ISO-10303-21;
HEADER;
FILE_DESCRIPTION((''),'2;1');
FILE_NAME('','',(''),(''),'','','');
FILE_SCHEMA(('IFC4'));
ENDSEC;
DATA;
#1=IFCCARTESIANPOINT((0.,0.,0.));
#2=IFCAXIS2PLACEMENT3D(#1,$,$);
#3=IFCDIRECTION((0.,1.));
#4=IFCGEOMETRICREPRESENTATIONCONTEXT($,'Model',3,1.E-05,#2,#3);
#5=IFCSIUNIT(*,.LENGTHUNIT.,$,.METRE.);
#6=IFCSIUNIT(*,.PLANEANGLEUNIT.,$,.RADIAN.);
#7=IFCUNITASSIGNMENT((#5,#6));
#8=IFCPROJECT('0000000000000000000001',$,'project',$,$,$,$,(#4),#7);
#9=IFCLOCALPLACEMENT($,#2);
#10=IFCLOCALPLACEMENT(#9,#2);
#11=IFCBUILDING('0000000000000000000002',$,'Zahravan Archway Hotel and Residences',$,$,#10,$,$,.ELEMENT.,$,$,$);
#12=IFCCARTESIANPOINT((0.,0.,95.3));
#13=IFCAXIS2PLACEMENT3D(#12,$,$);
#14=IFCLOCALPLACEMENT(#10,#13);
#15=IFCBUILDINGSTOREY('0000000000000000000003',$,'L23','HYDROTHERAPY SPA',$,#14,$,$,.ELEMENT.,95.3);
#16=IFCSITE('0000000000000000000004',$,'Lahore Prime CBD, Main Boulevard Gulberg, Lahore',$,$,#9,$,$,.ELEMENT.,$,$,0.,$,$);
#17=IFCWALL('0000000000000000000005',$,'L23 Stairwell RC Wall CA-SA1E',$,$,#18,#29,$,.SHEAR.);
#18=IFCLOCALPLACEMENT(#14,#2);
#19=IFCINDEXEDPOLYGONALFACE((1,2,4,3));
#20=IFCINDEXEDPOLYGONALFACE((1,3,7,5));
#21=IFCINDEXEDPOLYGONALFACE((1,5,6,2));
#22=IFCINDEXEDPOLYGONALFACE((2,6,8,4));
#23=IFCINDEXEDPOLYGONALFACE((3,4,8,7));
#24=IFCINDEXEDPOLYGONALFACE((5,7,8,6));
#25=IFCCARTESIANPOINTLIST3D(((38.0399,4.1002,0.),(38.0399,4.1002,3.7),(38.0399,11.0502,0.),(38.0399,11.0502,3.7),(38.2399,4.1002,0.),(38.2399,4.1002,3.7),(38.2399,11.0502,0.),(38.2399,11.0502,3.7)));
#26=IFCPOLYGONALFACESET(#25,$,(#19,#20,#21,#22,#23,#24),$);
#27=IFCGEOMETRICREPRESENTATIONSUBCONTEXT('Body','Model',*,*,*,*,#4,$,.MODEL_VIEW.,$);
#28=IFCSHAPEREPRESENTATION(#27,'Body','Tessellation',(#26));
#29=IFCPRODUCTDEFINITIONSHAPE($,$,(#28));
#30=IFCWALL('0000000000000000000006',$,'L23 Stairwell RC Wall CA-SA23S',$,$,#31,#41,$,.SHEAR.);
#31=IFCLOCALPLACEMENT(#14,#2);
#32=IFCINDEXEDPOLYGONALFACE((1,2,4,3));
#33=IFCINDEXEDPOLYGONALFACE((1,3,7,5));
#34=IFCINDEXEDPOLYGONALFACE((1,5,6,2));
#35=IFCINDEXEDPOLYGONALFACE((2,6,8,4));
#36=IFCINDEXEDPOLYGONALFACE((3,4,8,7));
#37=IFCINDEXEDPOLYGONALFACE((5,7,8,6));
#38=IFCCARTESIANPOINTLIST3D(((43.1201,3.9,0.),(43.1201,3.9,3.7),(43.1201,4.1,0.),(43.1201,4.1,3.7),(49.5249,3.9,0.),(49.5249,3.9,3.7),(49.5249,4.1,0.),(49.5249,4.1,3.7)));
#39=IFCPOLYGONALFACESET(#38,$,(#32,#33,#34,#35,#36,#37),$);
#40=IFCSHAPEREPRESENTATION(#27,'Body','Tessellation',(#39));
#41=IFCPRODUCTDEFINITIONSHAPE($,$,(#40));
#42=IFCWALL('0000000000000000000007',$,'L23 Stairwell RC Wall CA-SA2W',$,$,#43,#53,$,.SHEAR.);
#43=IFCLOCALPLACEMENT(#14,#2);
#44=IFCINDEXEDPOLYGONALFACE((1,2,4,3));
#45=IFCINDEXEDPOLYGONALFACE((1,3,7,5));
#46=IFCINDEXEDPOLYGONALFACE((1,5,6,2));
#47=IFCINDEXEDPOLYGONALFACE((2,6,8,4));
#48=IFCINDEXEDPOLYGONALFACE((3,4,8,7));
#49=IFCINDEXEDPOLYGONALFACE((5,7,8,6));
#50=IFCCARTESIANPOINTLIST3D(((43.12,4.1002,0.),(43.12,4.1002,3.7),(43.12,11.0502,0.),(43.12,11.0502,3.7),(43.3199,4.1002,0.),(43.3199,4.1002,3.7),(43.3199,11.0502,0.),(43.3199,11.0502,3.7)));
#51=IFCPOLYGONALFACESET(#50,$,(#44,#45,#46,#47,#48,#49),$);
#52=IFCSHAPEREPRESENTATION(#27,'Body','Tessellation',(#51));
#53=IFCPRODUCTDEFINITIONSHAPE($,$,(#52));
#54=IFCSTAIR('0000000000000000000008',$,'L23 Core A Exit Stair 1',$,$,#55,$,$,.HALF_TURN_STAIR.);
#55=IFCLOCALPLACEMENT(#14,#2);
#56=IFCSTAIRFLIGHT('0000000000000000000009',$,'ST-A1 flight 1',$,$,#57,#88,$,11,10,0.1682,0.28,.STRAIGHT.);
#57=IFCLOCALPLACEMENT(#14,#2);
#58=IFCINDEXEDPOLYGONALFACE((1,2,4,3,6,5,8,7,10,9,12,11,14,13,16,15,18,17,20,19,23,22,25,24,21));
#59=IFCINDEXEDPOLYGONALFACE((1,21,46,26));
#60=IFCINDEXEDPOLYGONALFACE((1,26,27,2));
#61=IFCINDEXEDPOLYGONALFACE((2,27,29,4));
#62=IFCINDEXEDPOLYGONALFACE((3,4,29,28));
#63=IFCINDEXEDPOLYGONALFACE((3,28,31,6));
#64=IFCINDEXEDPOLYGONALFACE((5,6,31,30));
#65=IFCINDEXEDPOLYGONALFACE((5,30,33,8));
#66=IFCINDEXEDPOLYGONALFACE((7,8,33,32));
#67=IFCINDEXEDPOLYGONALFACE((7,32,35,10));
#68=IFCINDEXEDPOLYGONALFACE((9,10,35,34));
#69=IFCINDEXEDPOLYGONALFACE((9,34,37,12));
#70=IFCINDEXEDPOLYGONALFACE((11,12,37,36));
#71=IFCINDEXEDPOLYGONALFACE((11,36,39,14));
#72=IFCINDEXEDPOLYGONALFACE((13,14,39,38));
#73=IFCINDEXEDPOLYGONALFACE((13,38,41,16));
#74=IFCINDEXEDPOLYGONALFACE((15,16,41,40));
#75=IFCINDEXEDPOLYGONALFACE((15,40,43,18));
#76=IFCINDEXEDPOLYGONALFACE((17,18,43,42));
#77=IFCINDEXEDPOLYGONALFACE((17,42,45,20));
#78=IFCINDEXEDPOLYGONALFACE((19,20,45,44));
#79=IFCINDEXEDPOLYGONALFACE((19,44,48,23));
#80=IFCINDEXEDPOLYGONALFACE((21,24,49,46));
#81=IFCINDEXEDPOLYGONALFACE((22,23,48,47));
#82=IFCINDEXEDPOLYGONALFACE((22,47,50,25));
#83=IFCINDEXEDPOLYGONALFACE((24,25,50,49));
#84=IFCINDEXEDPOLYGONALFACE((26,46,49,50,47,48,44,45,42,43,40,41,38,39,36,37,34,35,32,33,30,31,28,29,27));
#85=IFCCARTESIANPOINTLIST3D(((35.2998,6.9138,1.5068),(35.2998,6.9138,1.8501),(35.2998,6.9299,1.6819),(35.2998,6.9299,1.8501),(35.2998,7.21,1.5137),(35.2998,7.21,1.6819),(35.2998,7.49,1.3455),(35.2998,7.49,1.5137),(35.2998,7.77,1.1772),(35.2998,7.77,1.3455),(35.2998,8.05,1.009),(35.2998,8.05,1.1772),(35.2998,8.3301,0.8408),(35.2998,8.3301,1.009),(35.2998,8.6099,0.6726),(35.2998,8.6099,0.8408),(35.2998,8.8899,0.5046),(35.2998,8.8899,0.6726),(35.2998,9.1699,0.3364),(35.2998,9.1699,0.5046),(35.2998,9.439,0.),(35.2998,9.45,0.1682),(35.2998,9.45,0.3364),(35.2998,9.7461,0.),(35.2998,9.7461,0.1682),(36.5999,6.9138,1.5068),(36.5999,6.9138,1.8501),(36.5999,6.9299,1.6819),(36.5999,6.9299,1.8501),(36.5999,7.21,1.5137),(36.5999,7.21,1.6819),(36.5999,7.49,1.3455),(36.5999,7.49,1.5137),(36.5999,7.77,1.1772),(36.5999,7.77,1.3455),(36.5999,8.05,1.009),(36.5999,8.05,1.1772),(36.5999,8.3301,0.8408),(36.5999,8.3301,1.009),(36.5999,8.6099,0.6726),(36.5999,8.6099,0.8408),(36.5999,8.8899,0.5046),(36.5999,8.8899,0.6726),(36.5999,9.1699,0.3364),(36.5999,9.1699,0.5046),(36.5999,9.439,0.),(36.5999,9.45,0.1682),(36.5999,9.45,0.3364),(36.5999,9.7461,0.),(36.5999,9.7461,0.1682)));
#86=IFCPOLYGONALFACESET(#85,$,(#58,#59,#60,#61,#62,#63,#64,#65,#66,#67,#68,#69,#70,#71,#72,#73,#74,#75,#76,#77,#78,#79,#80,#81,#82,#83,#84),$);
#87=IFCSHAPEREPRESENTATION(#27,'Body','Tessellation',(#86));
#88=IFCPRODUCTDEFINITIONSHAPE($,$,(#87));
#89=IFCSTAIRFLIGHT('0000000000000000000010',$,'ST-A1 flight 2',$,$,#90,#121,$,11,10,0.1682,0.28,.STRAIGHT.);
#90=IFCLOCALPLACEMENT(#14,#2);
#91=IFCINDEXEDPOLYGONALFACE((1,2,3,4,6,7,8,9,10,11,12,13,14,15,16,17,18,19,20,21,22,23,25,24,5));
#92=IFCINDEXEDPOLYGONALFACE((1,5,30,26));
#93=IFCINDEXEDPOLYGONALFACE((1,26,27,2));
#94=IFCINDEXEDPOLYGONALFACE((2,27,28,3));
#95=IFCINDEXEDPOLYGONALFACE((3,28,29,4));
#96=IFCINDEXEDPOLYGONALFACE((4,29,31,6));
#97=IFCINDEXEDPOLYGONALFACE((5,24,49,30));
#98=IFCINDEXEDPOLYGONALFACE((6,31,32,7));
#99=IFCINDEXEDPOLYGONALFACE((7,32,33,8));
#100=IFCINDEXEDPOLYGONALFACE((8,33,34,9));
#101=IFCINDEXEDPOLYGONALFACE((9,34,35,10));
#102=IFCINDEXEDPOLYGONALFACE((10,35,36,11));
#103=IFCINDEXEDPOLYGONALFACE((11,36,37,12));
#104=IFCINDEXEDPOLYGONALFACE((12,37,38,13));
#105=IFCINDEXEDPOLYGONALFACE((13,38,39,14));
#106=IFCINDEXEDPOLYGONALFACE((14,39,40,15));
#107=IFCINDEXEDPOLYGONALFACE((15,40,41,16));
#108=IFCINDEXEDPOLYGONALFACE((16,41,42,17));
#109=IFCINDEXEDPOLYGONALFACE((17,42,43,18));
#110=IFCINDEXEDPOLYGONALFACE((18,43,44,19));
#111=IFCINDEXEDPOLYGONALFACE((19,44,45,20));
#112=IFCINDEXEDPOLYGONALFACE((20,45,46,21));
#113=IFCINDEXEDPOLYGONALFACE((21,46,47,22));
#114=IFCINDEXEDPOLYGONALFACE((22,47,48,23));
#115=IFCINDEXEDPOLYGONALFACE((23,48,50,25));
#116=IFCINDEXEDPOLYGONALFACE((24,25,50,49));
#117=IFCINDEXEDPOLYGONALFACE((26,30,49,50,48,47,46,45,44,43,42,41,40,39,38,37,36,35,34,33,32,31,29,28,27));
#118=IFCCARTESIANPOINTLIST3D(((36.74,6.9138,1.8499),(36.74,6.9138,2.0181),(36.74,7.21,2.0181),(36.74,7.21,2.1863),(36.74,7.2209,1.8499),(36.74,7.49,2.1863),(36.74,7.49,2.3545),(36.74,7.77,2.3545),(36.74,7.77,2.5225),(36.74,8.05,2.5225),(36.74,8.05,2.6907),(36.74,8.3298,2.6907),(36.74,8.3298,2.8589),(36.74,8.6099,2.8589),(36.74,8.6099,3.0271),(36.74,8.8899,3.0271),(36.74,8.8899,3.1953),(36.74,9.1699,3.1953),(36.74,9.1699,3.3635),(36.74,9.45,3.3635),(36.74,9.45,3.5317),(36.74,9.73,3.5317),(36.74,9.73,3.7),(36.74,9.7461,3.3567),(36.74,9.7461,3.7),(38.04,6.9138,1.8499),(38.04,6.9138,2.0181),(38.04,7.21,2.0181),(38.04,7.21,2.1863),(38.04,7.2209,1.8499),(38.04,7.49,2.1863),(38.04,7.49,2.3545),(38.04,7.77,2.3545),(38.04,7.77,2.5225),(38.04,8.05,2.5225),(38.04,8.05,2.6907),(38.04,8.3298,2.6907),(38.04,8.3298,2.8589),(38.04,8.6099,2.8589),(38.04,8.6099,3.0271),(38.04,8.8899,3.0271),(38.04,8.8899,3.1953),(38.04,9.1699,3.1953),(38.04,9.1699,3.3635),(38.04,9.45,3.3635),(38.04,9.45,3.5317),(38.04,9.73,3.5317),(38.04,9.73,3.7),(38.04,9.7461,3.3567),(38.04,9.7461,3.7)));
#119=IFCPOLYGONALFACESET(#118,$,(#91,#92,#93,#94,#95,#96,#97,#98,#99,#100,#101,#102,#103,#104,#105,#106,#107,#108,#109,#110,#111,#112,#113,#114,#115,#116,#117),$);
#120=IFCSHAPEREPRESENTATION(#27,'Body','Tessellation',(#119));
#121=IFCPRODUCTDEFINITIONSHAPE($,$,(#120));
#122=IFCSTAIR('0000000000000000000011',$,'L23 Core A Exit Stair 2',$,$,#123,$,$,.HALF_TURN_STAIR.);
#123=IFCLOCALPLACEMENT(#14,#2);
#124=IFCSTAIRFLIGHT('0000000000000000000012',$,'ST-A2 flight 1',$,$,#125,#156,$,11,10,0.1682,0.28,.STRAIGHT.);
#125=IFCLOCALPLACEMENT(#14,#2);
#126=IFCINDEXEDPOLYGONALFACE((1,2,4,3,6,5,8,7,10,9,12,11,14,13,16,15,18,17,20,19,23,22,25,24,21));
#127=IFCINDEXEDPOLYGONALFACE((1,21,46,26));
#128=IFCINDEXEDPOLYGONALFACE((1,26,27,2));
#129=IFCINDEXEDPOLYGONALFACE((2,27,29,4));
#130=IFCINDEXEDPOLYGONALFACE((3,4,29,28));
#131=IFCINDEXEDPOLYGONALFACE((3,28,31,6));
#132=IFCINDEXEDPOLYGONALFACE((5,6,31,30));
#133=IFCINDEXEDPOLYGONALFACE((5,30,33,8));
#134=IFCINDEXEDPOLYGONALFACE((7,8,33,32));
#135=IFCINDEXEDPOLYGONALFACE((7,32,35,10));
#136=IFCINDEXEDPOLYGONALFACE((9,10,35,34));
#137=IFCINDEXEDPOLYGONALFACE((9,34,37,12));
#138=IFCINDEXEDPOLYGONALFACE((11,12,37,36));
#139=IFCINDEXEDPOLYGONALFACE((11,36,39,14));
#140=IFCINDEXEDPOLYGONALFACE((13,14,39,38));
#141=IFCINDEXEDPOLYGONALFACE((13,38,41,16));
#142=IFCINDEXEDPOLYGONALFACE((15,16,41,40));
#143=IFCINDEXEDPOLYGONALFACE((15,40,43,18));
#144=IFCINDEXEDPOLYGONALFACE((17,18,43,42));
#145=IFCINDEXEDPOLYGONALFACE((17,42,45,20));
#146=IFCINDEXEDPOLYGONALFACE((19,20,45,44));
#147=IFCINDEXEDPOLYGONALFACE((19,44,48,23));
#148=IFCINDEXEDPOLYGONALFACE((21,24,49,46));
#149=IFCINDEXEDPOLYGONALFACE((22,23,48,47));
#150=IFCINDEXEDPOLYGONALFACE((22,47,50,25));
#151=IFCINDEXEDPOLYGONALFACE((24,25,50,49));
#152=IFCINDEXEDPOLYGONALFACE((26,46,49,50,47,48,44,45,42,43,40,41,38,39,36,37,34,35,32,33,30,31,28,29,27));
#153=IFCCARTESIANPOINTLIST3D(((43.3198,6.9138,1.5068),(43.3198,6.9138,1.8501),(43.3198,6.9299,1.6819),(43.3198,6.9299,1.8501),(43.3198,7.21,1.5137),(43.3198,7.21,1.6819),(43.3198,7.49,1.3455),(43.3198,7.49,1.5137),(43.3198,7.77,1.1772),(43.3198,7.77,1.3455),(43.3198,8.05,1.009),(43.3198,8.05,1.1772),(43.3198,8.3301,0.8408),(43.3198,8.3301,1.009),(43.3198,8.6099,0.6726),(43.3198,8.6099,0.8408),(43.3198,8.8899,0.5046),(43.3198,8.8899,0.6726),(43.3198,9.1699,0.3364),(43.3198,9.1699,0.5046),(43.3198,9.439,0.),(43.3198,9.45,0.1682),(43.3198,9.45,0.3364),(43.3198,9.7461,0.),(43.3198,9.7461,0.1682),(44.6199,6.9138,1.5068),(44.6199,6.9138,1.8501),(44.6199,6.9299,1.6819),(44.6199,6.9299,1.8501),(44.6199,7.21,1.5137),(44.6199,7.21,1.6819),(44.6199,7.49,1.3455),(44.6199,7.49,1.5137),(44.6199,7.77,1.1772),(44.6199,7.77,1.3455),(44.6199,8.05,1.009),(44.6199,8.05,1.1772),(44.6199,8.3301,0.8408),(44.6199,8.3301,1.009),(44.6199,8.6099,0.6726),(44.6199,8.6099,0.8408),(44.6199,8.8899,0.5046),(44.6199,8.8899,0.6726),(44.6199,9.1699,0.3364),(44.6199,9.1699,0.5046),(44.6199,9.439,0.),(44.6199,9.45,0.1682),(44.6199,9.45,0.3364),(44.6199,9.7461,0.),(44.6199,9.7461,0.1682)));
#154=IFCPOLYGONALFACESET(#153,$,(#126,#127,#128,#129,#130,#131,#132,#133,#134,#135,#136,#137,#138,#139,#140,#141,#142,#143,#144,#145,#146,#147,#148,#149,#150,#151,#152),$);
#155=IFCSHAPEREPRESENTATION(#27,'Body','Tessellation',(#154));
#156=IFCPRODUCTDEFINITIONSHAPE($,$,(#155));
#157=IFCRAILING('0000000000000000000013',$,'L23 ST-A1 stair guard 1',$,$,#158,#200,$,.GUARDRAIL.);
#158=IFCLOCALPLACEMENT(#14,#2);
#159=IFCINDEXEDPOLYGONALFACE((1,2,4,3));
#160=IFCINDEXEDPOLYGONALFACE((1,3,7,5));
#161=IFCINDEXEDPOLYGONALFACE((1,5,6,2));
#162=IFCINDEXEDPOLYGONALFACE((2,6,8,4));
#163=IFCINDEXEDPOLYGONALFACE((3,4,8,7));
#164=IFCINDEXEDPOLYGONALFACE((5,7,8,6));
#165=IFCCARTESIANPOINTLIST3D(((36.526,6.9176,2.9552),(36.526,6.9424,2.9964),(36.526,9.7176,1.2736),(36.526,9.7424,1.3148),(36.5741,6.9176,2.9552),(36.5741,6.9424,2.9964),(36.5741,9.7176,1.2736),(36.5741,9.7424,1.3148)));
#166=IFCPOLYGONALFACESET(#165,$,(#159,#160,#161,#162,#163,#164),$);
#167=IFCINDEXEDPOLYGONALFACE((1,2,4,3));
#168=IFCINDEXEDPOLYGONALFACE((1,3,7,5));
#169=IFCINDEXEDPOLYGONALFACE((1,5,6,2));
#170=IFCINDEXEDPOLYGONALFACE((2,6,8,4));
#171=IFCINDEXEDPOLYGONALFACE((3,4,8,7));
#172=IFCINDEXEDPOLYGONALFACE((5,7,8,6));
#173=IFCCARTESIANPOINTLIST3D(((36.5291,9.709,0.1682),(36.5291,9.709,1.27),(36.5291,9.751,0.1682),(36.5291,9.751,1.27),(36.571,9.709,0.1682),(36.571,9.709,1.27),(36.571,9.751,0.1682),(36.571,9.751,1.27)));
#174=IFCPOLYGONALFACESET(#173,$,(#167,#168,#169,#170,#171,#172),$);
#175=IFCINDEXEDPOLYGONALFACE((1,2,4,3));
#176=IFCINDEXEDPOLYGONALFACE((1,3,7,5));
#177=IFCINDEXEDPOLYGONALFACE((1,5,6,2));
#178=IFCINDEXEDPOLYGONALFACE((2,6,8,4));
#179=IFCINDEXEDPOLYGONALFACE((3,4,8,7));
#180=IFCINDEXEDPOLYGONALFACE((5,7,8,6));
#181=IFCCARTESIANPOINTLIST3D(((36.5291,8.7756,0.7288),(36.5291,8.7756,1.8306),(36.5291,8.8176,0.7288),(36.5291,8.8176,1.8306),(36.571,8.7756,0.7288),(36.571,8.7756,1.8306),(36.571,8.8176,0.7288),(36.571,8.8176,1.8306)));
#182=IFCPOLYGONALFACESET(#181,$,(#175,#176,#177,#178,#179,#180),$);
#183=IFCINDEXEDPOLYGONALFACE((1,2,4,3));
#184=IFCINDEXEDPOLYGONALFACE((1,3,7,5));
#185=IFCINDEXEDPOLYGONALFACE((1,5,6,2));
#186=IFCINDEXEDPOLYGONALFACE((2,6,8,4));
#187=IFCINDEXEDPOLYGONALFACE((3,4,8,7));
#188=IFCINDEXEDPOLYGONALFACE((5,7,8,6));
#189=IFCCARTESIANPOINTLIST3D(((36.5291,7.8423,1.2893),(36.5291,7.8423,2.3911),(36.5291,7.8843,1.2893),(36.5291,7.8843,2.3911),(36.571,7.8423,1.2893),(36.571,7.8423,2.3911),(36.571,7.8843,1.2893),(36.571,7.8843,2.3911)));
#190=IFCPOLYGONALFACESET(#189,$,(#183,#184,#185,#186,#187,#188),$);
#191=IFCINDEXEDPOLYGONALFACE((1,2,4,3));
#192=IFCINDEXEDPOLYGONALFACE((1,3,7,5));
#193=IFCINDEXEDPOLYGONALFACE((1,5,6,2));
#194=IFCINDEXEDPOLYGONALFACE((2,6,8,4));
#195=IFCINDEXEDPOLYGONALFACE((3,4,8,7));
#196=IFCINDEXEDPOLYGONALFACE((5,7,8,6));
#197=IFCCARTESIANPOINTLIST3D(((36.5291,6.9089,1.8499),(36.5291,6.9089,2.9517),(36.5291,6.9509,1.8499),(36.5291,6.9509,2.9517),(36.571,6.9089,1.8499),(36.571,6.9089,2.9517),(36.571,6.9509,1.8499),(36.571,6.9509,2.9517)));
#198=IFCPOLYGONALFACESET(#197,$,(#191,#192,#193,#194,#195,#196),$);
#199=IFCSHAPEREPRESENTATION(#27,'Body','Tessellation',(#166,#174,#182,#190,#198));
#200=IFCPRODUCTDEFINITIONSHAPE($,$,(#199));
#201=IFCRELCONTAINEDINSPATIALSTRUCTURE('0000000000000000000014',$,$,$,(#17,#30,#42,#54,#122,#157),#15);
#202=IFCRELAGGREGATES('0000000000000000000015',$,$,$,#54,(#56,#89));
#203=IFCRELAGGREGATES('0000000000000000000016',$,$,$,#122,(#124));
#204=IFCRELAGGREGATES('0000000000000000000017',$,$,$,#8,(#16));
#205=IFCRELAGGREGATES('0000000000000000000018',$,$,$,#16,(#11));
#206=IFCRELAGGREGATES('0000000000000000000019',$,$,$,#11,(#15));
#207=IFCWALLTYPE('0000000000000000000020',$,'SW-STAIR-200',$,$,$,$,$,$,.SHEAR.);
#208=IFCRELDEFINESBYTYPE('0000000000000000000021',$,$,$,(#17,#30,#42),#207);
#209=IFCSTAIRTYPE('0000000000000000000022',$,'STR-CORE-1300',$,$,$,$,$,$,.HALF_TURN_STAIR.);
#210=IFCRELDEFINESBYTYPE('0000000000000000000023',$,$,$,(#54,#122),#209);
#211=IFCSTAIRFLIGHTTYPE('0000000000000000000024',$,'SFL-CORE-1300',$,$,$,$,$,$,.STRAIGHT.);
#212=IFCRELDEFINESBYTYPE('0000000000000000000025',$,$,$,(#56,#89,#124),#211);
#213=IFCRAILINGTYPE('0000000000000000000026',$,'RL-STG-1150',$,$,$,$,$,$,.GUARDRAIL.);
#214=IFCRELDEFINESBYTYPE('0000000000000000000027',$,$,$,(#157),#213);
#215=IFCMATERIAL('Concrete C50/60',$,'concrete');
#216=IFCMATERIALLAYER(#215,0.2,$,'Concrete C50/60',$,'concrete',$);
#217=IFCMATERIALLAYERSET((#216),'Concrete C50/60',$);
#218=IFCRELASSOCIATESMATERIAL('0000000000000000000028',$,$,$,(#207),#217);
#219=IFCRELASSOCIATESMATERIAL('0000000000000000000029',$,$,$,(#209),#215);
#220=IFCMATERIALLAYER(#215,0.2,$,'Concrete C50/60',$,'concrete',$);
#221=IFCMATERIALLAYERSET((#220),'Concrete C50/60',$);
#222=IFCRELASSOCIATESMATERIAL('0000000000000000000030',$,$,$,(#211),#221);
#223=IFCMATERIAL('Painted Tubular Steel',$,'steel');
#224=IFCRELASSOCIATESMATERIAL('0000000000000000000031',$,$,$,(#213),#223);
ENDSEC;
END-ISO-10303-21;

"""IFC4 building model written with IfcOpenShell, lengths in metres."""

from ifc_helpers import new_model, si_unit, direction, frame, frame_2d, origin, origin_2d, place, context, subcontext, project, spatial, polyline, rectangle, outline, extrude, source, transform, mapped, material, layer, layer_set, type_object, element, aggregate, save


model = new_model("IFC4")

# Units and contexts
model_context = context("Model", 3, precision=1e-05, world=origin(), true_north=direction((0.0, 1.0)))
body_context = subcontext(model_context, "Body", "Model", "MODEL_VIEW")
ifc_project = project(units=[si_unit("LENGTHUNIT", "METRE"), si_unit("PLANEANGLEUNIT", "RADIAN")], contexts=[model_context])

# Site, building, storey
site_placement = place(None, origin())
site = spatial("IfcSite", under=ifc_project, at=site_placement, Name="Lahore Prime CBD, Main Boulevard Gulberg, Lahore", CompositionType="ELEMENT", RefElevation=0.0)
building_placement = place(site_placement, origin())
building = spatial("IfcBuilding", under=site, at=building_placement, Name="Zahravan Archway Hotel and Residences", CompositionType="ELEMENT")
storey_placement = place(building_placement, frame((0.0, 0.0, 95.3)))
storey = spatial("IfcBuildingStorey", under=building, at=storey_placement, Name="L23", Description="HYDROTHERAPY SPA", CompositionType="ELEMENT", Elevation=95.3)

# Walls
ifc_material_1 = material(Name="Concrete C50/60", Category="concrete")
ifc_layer_1 = layer(ifc_material_1, 0.2, Name="Concrete C50/60", Category="concrete")
ifc_layer_set_1 = layer_set([ifc_layer_1], Name="Concrete C50/60")
wall_type_1 = type_object("IfcWallType", Name="SW-STAIR-200", PredefinedType="SHEAR", material=ifc_layer_set_1)
for number, where, z_axis, x_axis, name in (
    (1, (38.1399, 4.1001, 0.0), (0.0, 0.0, 1.0), (0.0, 1.0, 0.0), "L23 Stairwell RC Wall CA-SA1E"),
):
    element("IfcWall", number, at=place(storey_placement, frame(where, z_axis=z_axis, x_axis=x_axis)), inside=storey, type_object=wall_type_1, Name=name, PredefinedType="SHEAR", context=body_context, shape_type="SweptSolid", body=[
        extrude(rectangle(XDim=6.95, YDim=0.2, at=frame_2d((3.4751, 0.0))), origin(), (0.0, 0.0, 1.0), 3.7),
    ])
wall_1_placement = place(storey_placement, frame((43.1201, 4.0, 0.0), z_axis=(0.0, 0.0, 1.0), x_axis=(1.0, 0.0, 0.0)))
element("IfcWall", 2, at=wall_1_placement, inside=storey, type_object=wall_type_1, Name="L23 Stairwell RC Wall CA-SA23S", PredefinedType="SHEAR", context=body_context, shape_type="SweptSolid", body=[
    extrude(rectangle(XDim=6.4048, YDim=0.2, at=frame_2d((3.2024, 0.0))), origin(), (0.0, 0.0, 1.0), 3.7),
])
wall_2_placement = place(storey_placement, frame((43.22, 4.1001, 0.0), z_axis=(0.0, 0.0, 1.0), x_axis=(0.0, 1.0, 0.0)))
element("IfcWall", 3, at=wall_2_placement, inside=storey, type_object=wall_type_1, Name="L23 Stairwell RC Wall CA-SA2W", PredefinedType="SHEAR", context=body_context, shape_type="SweptSolid", body=[
    extrude(rectangle(XDim=6.95, YDim=0.2, at=frame_2d((3.4751, 0.0))), origin(), (0.0, 0.0, 1.0), 3.7),
])

# Stair, stair flights
stair_type = type_object("IfcStairType", Name="STR-CORE-1300", PredefinedType="HALF_TURN_STAIR", material=ifc_material_1)
stair_1_placement = place(storey_placement, origin())
stair_1 = element("IfcStair", 4, at=stair_1_placement, inside=storey, type_object=stair_type, Name="L23 Core A Exit Stair 1", PredefinedType="HALF_TURN_STAIR")
ifc_layer_2 = layer(ifc_material_1, 0.2, Name="Concrete C50/60", Category="concrete")
ifc_layer_set_2 = layer_set([ifc_layer_2], Name="Concrete C50/60")
stair_flight_type = type_object("IfcStairFlightType", Name="SFL-CORE-1300", PredefinedType="STRAIGHT", material=ifc_layer_set_2)
shared_shape_1 = source(origin(), body_context, "Body", "SweptSolid", [
    extrude(outline(polyline([(-0.0161, 0.0), (-0.0161, 0.1682), (0.28, 0.1682), (0.28, 0.3364), (0.5601, 0.3364), (0.5601, 0.5046), (0.8401, 0.5046), (0.8401, 0.6726), (1.1201, 0.6726), (1.1201, 0.8408), (1.3999, 0.8408), (1.3999, 1.009), (1.6799, 1.009), (1.6799, 1.1772), (1.96, 1.1772), (1.96, 1.3455), (2.24, 1.3455), (2.24, 1.5137), (2.52, 1.5137), (2.52, 1.6819), (2.8, 1.6819), (2.8, 1.8501), (2.8162, 1.8501), (2.8162, 1.5068), (0.291, 0.0), (-0.0161, 0.0)])), frame((0.0, 0.6499, 0.0), z_axis=(0.0, -1.0, 0.0), x_axis=(1.0, 0.0, 0.0)), (0.0, 0.0, 1.0), 1.3),
])
stair_flight_1_placement = place(storey_placement, frame((35.95, 9.73, 0.0), z_axis=(0.0, 0.0, 1.0), x_axis=(0.0, -1.0, 0.0)))
stair_flight_1 = element("IfcStairFlight", 5, at=stair_flight_1_placement, type_object=stair_flight_type, Name="ST-A1 flight 1", NumberOfRisers=11, NumberOfTreads=10, PredefinedType="STRAIGHT", RiserHeight=0.1682, TreadLength=0.28, context=body_context, shape_type="MappedRepresentation", body=[
    mapped(shared_shape_1, transform((0.0, 0.0, 0.0), scale=1.0)),
])
stair_flight_2_placement = place(storey_placement, frame((37.3899, 6.9299, 1.8499), z_axis=(0.0, 0.0, 1.0), x_axis=(0.0, 1.0, 0.0)))
stair_flight_2 = element("IfcStairFlight", 6, at=stair_flight_2_placement, type_object=stair_flight_type, Name="ST-A1 flight 2", NumberOfRisers=11, NumberOfTreads=10, PredefinedType="STRAIGHT", RiserHeight=0.1682, TreadLength=0.28, context=body_context, shape_type="MappedRepresentation", body=[
    mapped(shared_shape_1, transform((0.0, 0.0, 0.0), scale=1.0)),
])
aggregate(stair_1, [stair_flight_1, stair_flight_2])

# Stair, stair flight
stair_2_placement = place(storey_placement, origin())
stair_2 = element("IfcStair", 7, at=stair_2_placement, inside=storey, type_object=stair_type, Name="L23 Core A Exit Stair 2", PredefinedType="HALF_TURN_STAIR")
stair_flight_3_placement = place(storey_placement, frame((43.97, 9.73, 0.0), z_axis=(0.0, 0.0, 1.0), x_axis=(0.0, -1.0, 0.0)))
stair_flight_3 = element("IfcStairFlight", 8, at=stair_flight_3_placement, type_object=stair_flight_type, Name="ST-A2 flight 1", NumberOfRisers=11, NumberOfTreads=10, PredefinedType="STRAIGHT", RiserHeight=0.1682, TreadLength=0.28, context=body_context, shape_type="MappedRepresentation", body=[
    mapped(shared_shape_1, transform((0.0, 0.0, 0.0), scale=1.0)),
])
aggregate(stair_2, [stair_flight_3])

# Railing
ifc_material_2 = material(Name="Painted Tubular Steel", Category="steel")
railing_type_1 = type_object("IfcRailingType", Name="RL-STG-1150", PredefinedType="GUARDRAIL", material=ifc_material_2)
railing_1_placement = place(storey_placement, frame((36.55, 9.73, 0.1682)))
element("IfcRailing", 9, at=railing_1_placement, inside=storey, type_object=railing_type_1, Name="L23 ST-A1 stair guard 1", PredefinedType="GUARDRAIL", context=body_context, shape_type="SweptSolid", body=[
    extrude(rectangle(XDim=0.0481, YDim=0.0481, at=origin_2d()), frame((0.0, 0.0, 1.126), z_axis=(0.0, -0.857275, 0.514858), x_axis=(1.0, 0.0, 0.0)), (0.0, 0.0, 1.0), 3.2661),
    extrude(rectangle(XDim=0.042, YDim=0.042, at=origin_2d()), origin(), (0.0, 0.0, 1.0), 1.1018),
    extrude(rectangle(XDim=0.042, YDim=0.042, at=origin_2d()), frame((0.0, -0.9333, 0.5605)), (0.0, 0.0, 1.0), 1.1018),
    extrude(rectangle(XDim=0.042, YDim=0.042, at=origin_2d()), frame((0.0, -1.8667, 1.1211)), (0.0, 0.0, 1.0), 1.1018),
    extrude(rectangle(XDim=0.042, YDim=0.042, at=origin_2d()), frame((0.0, -2.8, 1.6816)), (0.0, 0.0, 1.0), 1.1018),
])

save(model, "model.ifc")
